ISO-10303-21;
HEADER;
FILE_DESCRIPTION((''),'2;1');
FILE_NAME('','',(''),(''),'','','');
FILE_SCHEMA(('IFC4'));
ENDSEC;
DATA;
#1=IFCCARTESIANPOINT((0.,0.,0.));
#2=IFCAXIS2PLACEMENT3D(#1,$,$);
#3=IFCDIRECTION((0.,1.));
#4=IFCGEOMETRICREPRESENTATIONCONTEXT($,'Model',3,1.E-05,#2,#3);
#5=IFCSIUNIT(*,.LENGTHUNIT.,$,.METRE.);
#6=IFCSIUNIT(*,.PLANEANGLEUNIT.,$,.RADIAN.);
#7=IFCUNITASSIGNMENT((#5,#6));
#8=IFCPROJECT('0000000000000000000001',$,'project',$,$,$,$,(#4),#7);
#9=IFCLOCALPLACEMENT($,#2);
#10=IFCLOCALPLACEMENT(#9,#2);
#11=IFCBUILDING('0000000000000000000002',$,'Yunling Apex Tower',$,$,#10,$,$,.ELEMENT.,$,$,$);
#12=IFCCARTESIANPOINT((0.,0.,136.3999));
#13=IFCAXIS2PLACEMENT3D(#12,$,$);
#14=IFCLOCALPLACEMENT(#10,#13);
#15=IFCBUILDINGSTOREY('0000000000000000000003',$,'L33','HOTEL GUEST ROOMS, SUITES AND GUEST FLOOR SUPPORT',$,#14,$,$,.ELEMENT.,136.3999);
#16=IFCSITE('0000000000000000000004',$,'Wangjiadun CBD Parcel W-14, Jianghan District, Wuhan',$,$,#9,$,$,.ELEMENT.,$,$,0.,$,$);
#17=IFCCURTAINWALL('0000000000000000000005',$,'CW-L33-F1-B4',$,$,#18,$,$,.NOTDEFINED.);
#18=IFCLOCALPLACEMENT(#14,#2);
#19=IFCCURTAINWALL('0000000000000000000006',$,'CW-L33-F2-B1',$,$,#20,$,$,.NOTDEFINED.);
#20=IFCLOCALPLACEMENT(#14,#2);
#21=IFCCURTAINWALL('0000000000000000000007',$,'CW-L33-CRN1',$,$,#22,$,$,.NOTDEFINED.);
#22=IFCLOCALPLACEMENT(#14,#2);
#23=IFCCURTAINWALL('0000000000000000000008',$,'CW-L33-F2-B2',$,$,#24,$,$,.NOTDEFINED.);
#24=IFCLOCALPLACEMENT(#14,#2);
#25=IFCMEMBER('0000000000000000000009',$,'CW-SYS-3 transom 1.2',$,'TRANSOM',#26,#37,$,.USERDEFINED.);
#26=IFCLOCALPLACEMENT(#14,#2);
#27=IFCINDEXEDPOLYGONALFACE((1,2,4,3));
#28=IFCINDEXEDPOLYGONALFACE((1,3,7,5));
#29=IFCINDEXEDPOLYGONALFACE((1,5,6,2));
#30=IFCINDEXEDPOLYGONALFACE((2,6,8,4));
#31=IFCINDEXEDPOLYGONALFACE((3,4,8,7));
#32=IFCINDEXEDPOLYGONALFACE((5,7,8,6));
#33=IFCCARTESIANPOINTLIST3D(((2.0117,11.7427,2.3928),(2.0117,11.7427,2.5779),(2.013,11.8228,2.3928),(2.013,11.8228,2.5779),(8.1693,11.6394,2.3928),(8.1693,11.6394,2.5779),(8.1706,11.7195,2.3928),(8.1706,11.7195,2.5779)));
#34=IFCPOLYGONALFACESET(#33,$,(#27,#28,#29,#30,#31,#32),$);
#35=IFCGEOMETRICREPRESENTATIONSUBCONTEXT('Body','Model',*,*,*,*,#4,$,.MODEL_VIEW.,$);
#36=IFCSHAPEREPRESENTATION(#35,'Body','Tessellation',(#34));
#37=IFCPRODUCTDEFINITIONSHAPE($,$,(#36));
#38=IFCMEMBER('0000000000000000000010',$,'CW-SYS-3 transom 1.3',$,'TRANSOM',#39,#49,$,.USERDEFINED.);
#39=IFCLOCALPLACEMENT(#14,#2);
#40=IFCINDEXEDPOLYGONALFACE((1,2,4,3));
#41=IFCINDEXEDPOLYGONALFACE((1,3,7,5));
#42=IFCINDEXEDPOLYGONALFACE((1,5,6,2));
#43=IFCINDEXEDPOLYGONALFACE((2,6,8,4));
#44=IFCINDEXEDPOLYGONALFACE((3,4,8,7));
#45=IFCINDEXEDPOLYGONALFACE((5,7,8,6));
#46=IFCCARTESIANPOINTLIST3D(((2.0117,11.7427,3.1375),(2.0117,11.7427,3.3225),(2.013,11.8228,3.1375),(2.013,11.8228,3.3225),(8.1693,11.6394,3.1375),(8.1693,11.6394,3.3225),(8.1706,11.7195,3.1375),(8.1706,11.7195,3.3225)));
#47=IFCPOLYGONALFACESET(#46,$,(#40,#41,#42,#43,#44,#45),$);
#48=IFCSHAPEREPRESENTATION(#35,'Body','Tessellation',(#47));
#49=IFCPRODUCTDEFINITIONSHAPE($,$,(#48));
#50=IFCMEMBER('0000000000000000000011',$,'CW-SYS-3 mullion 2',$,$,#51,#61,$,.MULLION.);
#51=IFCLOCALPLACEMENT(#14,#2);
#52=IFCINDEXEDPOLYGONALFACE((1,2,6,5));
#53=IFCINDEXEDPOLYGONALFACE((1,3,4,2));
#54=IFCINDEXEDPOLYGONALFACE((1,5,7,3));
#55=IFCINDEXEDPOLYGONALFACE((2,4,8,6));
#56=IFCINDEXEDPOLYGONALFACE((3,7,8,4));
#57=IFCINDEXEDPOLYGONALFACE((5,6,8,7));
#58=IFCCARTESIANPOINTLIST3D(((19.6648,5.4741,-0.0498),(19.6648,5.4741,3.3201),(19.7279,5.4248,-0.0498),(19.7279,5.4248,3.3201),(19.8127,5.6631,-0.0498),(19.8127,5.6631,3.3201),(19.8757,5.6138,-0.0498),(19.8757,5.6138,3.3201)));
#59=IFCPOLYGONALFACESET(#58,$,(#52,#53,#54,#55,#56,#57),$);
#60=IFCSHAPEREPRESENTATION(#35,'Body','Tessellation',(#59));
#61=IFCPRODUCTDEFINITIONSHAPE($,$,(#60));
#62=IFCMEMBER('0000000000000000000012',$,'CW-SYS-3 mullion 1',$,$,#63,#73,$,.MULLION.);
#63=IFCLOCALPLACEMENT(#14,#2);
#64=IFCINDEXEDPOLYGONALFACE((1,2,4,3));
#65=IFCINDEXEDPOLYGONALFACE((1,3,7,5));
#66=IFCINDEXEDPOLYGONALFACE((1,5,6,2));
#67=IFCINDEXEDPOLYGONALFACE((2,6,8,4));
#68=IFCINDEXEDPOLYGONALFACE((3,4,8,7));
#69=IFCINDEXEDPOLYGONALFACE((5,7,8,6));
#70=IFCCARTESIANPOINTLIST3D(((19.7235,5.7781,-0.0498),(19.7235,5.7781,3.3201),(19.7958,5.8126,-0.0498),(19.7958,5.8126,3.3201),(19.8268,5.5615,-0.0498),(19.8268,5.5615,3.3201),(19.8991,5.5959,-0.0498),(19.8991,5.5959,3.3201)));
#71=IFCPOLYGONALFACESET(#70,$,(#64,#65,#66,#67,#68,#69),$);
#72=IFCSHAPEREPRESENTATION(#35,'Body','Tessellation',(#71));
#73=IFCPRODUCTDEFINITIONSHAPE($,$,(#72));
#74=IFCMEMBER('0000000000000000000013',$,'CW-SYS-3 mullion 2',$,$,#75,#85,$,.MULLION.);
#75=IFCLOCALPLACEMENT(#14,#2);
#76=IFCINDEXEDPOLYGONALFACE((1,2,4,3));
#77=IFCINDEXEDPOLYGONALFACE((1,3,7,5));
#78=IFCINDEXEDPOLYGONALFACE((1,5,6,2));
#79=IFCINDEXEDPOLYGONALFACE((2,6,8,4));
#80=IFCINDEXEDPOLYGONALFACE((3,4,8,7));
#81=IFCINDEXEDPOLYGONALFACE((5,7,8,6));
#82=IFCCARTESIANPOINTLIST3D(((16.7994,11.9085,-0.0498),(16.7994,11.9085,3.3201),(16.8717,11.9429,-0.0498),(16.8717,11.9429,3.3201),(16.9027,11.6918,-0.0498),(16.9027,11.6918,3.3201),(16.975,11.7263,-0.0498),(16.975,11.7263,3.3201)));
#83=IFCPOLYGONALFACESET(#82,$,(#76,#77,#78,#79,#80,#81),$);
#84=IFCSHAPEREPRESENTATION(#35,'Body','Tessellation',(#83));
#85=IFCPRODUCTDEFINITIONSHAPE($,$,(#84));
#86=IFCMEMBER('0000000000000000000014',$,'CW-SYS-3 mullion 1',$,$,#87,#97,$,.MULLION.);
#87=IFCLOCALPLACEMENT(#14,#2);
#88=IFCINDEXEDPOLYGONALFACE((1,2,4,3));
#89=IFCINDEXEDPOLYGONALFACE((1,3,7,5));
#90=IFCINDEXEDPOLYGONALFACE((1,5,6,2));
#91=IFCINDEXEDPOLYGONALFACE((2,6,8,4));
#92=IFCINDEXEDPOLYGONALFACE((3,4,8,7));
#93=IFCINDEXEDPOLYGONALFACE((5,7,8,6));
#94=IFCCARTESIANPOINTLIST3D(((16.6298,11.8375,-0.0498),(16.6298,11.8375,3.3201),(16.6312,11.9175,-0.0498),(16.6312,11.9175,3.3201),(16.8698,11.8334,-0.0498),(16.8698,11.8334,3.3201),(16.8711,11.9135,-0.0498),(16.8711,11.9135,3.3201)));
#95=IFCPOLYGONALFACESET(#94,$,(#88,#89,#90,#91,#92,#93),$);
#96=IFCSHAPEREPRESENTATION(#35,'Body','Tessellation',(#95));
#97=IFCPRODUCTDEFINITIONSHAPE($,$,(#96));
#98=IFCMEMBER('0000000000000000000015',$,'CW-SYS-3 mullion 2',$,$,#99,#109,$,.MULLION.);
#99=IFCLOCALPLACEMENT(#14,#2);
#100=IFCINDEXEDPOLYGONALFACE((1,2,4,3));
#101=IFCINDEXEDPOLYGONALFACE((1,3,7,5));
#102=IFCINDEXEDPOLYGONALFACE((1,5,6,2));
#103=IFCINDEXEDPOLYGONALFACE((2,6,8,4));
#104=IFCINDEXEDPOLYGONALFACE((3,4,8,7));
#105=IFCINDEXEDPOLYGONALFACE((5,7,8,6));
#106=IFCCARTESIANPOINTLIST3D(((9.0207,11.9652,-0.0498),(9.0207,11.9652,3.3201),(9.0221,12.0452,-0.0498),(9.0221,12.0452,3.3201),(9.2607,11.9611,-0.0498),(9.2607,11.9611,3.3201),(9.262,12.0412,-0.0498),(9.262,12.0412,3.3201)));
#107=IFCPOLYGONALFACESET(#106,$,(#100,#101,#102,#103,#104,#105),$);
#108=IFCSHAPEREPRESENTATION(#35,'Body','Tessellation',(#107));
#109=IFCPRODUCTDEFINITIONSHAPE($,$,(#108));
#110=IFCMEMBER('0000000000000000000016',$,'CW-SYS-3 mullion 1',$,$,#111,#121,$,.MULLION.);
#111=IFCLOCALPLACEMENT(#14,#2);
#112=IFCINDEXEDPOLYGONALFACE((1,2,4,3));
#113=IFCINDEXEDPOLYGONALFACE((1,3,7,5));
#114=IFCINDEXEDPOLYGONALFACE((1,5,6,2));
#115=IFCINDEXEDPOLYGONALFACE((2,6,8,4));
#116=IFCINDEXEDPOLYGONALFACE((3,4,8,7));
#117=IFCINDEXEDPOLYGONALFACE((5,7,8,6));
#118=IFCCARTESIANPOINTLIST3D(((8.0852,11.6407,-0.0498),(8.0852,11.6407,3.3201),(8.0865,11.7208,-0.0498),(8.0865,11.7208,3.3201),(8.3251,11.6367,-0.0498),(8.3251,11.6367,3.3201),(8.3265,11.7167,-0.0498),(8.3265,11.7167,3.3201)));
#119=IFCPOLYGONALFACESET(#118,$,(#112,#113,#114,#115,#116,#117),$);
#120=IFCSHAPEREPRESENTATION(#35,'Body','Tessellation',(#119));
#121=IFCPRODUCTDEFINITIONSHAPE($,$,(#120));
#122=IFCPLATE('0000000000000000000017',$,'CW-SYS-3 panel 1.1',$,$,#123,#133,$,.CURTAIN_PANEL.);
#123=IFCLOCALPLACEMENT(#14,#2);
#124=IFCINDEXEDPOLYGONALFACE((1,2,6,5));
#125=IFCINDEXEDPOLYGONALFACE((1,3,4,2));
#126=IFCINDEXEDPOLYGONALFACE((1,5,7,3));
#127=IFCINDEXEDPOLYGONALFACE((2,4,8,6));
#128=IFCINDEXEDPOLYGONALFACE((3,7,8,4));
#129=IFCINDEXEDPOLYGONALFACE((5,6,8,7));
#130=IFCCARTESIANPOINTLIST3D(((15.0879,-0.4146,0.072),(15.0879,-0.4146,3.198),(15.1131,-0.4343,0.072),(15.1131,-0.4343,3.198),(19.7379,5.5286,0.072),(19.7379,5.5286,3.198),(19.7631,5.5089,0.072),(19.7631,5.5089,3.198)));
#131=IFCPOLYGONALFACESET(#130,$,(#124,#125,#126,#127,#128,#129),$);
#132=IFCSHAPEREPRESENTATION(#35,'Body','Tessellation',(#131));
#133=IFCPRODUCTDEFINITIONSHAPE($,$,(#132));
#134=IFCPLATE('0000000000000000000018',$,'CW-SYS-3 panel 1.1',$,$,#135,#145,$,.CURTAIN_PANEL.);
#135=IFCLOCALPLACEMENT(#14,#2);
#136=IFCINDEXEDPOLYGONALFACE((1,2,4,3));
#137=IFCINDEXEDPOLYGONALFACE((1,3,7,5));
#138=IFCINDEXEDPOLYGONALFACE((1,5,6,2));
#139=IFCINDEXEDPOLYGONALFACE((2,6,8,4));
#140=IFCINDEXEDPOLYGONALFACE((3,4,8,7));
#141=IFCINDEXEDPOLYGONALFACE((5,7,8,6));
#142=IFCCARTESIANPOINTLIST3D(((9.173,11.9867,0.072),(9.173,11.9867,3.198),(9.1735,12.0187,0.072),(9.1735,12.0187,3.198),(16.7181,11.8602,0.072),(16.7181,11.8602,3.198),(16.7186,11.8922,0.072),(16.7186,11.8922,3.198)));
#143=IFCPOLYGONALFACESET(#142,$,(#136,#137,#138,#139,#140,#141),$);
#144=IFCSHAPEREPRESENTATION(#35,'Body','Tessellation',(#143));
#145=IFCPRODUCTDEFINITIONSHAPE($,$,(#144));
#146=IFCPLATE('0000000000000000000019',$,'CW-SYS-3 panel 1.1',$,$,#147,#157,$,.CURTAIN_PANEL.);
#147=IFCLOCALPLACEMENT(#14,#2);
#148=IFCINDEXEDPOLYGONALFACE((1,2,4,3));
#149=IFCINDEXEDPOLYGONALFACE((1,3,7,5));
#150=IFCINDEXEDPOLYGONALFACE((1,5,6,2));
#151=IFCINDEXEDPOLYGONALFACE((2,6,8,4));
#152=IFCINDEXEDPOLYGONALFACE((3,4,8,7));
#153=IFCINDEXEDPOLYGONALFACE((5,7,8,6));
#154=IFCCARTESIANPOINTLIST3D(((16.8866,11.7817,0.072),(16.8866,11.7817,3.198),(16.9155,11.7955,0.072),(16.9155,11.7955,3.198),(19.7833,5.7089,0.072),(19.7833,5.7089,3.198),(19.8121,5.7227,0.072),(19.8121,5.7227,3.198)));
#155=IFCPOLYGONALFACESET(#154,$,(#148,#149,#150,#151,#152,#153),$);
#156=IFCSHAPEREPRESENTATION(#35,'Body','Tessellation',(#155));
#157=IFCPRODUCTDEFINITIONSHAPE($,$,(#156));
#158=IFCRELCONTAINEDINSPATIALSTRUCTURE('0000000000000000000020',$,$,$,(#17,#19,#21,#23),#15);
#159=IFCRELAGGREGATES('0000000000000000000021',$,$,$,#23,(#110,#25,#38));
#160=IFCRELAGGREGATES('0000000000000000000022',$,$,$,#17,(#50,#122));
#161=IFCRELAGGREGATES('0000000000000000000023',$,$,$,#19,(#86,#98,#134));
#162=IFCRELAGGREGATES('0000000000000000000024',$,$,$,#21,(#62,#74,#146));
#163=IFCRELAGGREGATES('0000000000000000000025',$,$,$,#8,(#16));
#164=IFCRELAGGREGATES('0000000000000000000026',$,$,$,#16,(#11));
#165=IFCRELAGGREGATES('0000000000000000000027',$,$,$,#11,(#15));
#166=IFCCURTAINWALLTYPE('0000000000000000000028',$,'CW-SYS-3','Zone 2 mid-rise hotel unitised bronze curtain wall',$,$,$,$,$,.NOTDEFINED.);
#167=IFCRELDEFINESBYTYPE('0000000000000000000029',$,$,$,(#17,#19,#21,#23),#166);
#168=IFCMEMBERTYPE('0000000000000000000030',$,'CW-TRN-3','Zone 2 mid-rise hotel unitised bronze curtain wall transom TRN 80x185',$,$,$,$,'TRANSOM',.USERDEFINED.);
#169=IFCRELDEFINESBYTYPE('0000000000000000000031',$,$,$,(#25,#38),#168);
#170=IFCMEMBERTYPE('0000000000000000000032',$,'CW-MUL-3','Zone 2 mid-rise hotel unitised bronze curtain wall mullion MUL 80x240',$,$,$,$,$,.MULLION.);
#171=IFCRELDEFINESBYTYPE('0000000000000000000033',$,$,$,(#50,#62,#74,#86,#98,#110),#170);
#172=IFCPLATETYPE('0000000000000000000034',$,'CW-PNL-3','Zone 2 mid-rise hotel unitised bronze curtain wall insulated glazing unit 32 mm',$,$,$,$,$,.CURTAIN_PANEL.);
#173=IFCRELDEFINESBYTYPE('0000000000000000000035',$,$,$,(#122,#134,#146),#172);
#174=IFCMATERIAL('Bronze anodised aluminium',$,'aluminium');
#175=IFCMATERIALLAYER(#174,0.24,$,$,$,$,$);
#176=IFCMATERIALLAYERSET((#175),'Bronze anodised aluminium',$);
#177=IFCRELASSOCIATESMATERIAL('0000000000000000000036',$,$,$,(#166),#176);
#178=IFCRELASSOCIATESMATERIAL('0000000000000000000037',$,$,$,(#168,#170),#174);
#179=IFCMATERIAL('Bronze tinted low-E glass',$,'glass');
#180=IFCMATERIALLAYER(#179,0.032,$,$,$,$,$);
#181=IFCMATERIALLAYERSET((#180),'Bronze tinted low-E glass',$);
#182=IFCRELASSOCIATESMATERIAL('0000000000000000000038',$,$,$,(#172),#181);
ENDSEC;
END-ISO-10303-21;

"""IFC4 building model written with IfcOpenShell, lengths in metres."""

from ifc_helpers import new_model, si_unit, direction, frame, origin, origin_2d, place, context, subcontext, project, spatial, rectangle, extrude, source, transform, mapped, material, layer, layer_set, material_profile, profile_set, type_object, element, aggregate, save


model = new_model("IFC4")

# Units and contexts
model_context = context("Model", 3, precision=1e-05, world=origin(), true_north=direction((0.0, 1.0)))
body_context = subcontext(model_context, "Body", "Model", "MODEL_VIEW")
ifc_project = project(units=[si_unit("LENGTHUNIT", "METRE"), si_unit("PLANEANGLEUNIT", "RADIAN")], contexts=[model_context])

# Site, building, storey
site_placement = place(None, origin())
site = spatial("IfcSite", under=ifc_project, at=site_placement, Name="Wangjiadun CBD Parcel W-14, Jianghan District, Wuhan", CompositionType="ELEMENT", RefElevation=0.0)
building_placement = place(site_placement, origin())
building = spatial("IfcBuilding", under=site, at=building_placement, Name="Yunling Apex Tower", CompositionType="ELEMENT")
storey_placement = place(building_placement, frame((0.0, 0.0, 136.3999)))
storey = spatial("IfcBuildingStorey", under=building, at=storey_placement, Name="L33", Description="HOTEL GUEST ROOMS, SUITES AND GUEST FLOOR SUPPORT", CompositionType="ELEMENT", Elevation=136.3999)

# Curtain wall
ifc_material_1 = material(Name="Bronze anodised aluminium", Category="aluminium")
ifc_layer_1 = layer(ifc_material_1, 0.24)
ifc_layer_set_1 = layer_set([ifc_layer_1], Name="Bronze anodised aluminium")
curtain_wall_type = type_object("IfcCurtainWallType", Name="CW-SYS-3", Description="Zone 2 mid-rise hotel unitised bronze curtain wall", PredefinedType="NOTDEFINED", material=ifc_layer_set_1)
curtain_wall_1_placement = place(storey_placement, origin())
curtain_wall_1 = element("IfcCurtainWall", 1, at=curtain_wall_1_placement, inside=storey, type_object=curtain_wall_type, Name="CW-L33-F1-B4", PredefinedType="NOTDEFINED")
ifc_material_profile_1 = material_profile(ifc_material_1, rectangle(XDim=0.0801, YDim=0.1851, at=origin_2d()))
ifc_profile_set_1 = profile_set([ifc_material_profile_1], Name="Bronze anodised aluminium")
member_type_1 = type_object("IfcMemberType", Name="CW-TRN-3", Description="Zone 2 mid-rise hotel unitised bronze curtain wall transom TRN 80x185", ElementType="TRANSOM", PredefinedType="USERDEFINED", material=ifc_profile_set_1)

# Curtain walls, members
curtain_wall_2_placement = place(storey_placement, origin())
curtain_wall_2 = element("IfcCurtainWall", 2, at=curtain_wall_2_placement, inside=storey, type_object=curtain_wall_type, Name="CW-L33-F2-B1", PredefinedType="NOTDEFINED")
curtain_wall_3_placement = place(storey_placement, origin())
curtain_wall_3 = element("IfcCurtainWall", 3, at=curtain_wall_3_placement, inside=storey, type_object=curtain_wall_type, Name="CW-L33-CRN1", PredefinedType="NOTDEFINED")
curtain_wall_4_placement = place(storey_placement, origin())
curtain_wall_4 = element("IfcCurtainWall", 4, at=curtain_wall_4_placement, inside=storey, type_object=curtain_wall_type, Name="CW-L33-F2-B2", PredefinedType="NOTDEFINED")
shared_shape_1 = source(origin(), body_context, "Body", "SweptSolid", [
    extrude(rectangle(XDim=0.0801, YDim=0.1851, at=origin_2d()), origin(), (0.0, 0.0, 1.0), 6.1584),
])
member_1_placement = place(storey_placement, frame((8.1699, 11.6794, 2.4854), z_axis=(-0.999859, 0.016769, 0.0), x_axis=(-0.016769, -0.999859, 0.0)))
member_1 = element("IfcMember", 5, at=member_1_placement, type_object=member_type_1, Name="CW-SYS-3 transom 1.2", ObjectType="TRANSOM", PredefinedType="USERDEFINED", context=body_context, shape_type="MappedRepresentation", body=[
    mapped(shared_shape_1, transform((0.0, 0.0, 0.0), scale=1.0)),
])
member_2_placement = place(storey_placement, frame((8.1699, 11.6794, 3.23), z_axis=(-0.999859, 0.016769, 0.0), x_axis=(-0.016769, -0.999859, 0.0)))
member_2 = element("IfcMember", 6, at=member_2_placement, type_object=member_type_1, Name="CW-SYS-3 transom 1.3", ObjectType="TRANSOM", PredefinedType="USERDEFINED", context=body_context, shape_type="MappedRepresentation", body=[
    mapped(shared_shape_1, transform((0.0, 0.0, 0.0), scale=1.0)),
])

# Members
ifc_material_profile_2 = material_profile(ifc_material_1, rectangle(XDim=0.0801, YDim=0.24, at=origin_2d()))
ifc_profile_set_2 = profile_set([ifc_material_profile_2], Name="Bronze anodised aluminium")
member_type_2 = type_object("IfcMemberType", Name="CW-MUL-3", Description="Zone 2 mid-rise hotel unitised bronze curtain wall mullion MUL 80x240", PredefinedType="MULLION", material=ifc_profile_set_2)
shared_shape_2 = source(origin(), body_context, "Body", "SweptSolid", [
    extrude(rectangle(XDim=0.0801, YDim=0.24, at=origin_2d()), origin(), (0.0, 0.0, 1.0), 3.3699),
])
member_3_placement = place(storey_placement, frame((19.7703, 5.5439, -0.0498), z_axis=(0.0, 0.0, 1.0), x_axis=(-0.787584, 0.616208, 0.0)))
member_3 = element("IfcMember", 7, at=member_3_placement, type_object=member_type_2, Name="CW-SYS-3 mullion 2", PredefinedType="MULLION", context=body_context, shape_type="MappedRepresentation", body=[
    mapped(shared_shape_2, transform((0.0, 0.0, 0.0), scale=1.0)),
])
member_4_placement = place(storey_placement, frame((19.8113, 5.687, -0.0498), z_axis=(0.0, 0.0, 1.0), x_axis=(-0.902582, -0.430519, 0.0)))
member_4 = element("IfcMember", 8, at=member_4_placement, type_object=member_type_2, Name="CW-SYS-3 mullion 1", PredefinedType="MULLION", context=body_context, shape_type="MappedRepresentation", body=[
    mapped(shared_shape_2, transform((0.0, 0.0, 0.0), scale=1.0)),
])
member_5_placement = place(storey_placement, frame((16.8872, 11.8174, -0.0498), z_axis=(0.0, 0.0, 1.0), x_axis=(-0.902582, -0.430519, 0.0)))
member_5 = element("IfcMember", 9, at=member_5_placement, type_object=member_type_2, Name="CW-SYS-3 mullion 2", PredefinedType="MULLION", context=body_context, shape_type="MappedRepresentation", body=[
    mapped(shared_shape_2, transform((0.0, 0.0, 0.0), scale=1.0)),
])
member_6_placement = place(storey_placement, frame((16.7505, 11.8755, -0.0498), z_axis=(0.0, 0.0, 1.0), x_axis=(-0.016762, -0.99986, 0.0)))
member_6 = element("IfcMember", 10, at=member_6_placement, type_object=member_type_2, Name="CW-SYS-3 mullion 1", PredefinedType="MULLION", context=body_context, shape_type="MappedRepresentation", body=[
    mapped(shared_shape_2, transform((0.0, 0.0, 0.0), scale=1.0)),
])
member_7_placement = place(storey_placement, frame((9.1414, 12.0032, -0.0498), z_axis=(0.0, 0.0, 1.0), x_axis=(-0.016762, -0.99986, 0.0)))
member_7 = element("IfcMember", 11, at=member_7_placement, type_object=member_type_2, Name="CW-SYS-3 mullion 2", PredefinedType="MULLION", context=body_context, shape_type="MappedRepresentation", body=[
    mapped(shared_shape_2, transform((0.0, 0.0, 0.0), scale=1.0)),
])
member_8_placement = place(storey_placement, frame((8.2058, 11.6787, -0.0498), z_axis=(0.0, 0.0, 1.0), x_axis=(-0.016767, -0.999859, 0.0)))
member_8 = element("IfcMember", 12, at=member_8_placement, type_object=member_type_2, Name="CW-SYS-3 mullion 1", PredefinedType="MULLION", context=body_context, shape_type="MappedRepresentation", body=[
    mapped(shared_shape_2, transform((0.0, 0.0, 0.0), scale=1.0)),
])
aggregate(curtain_wall_4, [member_8, member_1, member_2])

# Plates
ifc_material_2 = material(Name="Bronze tinted low-E glass", Category="glass")
ifc_layer_2 = layer(ifc_material_2, 0.032)
ifc_layer_set_2 = layer_set([ifc_layer_2], Name="Bronze tinted low-E glass")
plate_type = type_object("IfcPlateType", Name="CW-PNL-3", Description="Zone 2 mid-rise hotel unitised bronze curtain wall insulated glazing unit 32 mm", PredefinedType="CURTAIN_PANEL", material=ifc_layer_set_2)
shared_shape_3 = source(origin(), body_context, "Body", "SweptSolid", [
    extrude(rectangle(XDim=7.5461, YDim=0.032, at=origin_2d()), origin(), (0.0, 0.0, 1.0), 3.126),
])
plate_1_placement = place(storey_placement, frame((17.4255, 2.5471, 0.072), z_axis=(0.0, 0.0, 1.0), x_axis=(0.616208, 0.787584, 0.0)))
plate_1 = element("IfcPlate", 13, at=plate_1_placement, type_object=plate_type, Name="CW-SYS-3 panel 1.1", PredefinedType="CURTAIN_PANEL", context=body_context, shape_type="MappedRepresentation", body=[
    mapped(shared_shape_3, transform((0.0, 0.0, 0.0), scale=1.0)),
])
aggregate(curtain_wall_1, [member_3, plate_1])
plate_2_placement = place(storey_placement, frame((12.9458, 11.9395, 0.072), z_axis=(0.0, 0.0, 1.0), x_axis=(-0.99986, 0.016762, 0.0)))
plate_2 = element("IfcPlate", 14, at=plate_2_placement, type_object=plate_type, Name="CW-SYS-3 panel 1.1", PredefinedType="CURTAIN_PANEL", context=body_context, shape_type="MappedRepresentation", body=[
    mapped(shared_shape_3, transform((0.0, 0.0, 0.0), scale=1.0)),
])
aggregate(curtain_wall_2, [member_6, member_7, plate_2])
shared_shape_4 = source(origin(), body_context, "Body", "SweptSolid", [
    extrude(rectangle(XDim=6.7283, YDim=0.032, at=origin_2d()), origin(), (0.0, 0.0, 1.0), 3.126),
])
plate_3_placement = place(storey_placement, frame((18.3494, 8.7522, 0.072), z_axis=(0.0, 0.0, 1.0), x_axis=(-0.430519, 0.902582, 0.0)))
plate_3 = element("IfcPlate", 15, at=plate_3_placement, type_object=plate_type, Name="CW-SYS-3 panel 1.1", PredefinedType="CURTAIN_PANEL", context=body_context, shape_type="MappedRepresentation", body=[
    mapped(shared_shape_4, transform((0.0, 0.0, 0.0), scale=1.0)),
])
aggregate(curtain_wall_3, [member_4, member_5, plate_3])

save(model, "model.ifc")
